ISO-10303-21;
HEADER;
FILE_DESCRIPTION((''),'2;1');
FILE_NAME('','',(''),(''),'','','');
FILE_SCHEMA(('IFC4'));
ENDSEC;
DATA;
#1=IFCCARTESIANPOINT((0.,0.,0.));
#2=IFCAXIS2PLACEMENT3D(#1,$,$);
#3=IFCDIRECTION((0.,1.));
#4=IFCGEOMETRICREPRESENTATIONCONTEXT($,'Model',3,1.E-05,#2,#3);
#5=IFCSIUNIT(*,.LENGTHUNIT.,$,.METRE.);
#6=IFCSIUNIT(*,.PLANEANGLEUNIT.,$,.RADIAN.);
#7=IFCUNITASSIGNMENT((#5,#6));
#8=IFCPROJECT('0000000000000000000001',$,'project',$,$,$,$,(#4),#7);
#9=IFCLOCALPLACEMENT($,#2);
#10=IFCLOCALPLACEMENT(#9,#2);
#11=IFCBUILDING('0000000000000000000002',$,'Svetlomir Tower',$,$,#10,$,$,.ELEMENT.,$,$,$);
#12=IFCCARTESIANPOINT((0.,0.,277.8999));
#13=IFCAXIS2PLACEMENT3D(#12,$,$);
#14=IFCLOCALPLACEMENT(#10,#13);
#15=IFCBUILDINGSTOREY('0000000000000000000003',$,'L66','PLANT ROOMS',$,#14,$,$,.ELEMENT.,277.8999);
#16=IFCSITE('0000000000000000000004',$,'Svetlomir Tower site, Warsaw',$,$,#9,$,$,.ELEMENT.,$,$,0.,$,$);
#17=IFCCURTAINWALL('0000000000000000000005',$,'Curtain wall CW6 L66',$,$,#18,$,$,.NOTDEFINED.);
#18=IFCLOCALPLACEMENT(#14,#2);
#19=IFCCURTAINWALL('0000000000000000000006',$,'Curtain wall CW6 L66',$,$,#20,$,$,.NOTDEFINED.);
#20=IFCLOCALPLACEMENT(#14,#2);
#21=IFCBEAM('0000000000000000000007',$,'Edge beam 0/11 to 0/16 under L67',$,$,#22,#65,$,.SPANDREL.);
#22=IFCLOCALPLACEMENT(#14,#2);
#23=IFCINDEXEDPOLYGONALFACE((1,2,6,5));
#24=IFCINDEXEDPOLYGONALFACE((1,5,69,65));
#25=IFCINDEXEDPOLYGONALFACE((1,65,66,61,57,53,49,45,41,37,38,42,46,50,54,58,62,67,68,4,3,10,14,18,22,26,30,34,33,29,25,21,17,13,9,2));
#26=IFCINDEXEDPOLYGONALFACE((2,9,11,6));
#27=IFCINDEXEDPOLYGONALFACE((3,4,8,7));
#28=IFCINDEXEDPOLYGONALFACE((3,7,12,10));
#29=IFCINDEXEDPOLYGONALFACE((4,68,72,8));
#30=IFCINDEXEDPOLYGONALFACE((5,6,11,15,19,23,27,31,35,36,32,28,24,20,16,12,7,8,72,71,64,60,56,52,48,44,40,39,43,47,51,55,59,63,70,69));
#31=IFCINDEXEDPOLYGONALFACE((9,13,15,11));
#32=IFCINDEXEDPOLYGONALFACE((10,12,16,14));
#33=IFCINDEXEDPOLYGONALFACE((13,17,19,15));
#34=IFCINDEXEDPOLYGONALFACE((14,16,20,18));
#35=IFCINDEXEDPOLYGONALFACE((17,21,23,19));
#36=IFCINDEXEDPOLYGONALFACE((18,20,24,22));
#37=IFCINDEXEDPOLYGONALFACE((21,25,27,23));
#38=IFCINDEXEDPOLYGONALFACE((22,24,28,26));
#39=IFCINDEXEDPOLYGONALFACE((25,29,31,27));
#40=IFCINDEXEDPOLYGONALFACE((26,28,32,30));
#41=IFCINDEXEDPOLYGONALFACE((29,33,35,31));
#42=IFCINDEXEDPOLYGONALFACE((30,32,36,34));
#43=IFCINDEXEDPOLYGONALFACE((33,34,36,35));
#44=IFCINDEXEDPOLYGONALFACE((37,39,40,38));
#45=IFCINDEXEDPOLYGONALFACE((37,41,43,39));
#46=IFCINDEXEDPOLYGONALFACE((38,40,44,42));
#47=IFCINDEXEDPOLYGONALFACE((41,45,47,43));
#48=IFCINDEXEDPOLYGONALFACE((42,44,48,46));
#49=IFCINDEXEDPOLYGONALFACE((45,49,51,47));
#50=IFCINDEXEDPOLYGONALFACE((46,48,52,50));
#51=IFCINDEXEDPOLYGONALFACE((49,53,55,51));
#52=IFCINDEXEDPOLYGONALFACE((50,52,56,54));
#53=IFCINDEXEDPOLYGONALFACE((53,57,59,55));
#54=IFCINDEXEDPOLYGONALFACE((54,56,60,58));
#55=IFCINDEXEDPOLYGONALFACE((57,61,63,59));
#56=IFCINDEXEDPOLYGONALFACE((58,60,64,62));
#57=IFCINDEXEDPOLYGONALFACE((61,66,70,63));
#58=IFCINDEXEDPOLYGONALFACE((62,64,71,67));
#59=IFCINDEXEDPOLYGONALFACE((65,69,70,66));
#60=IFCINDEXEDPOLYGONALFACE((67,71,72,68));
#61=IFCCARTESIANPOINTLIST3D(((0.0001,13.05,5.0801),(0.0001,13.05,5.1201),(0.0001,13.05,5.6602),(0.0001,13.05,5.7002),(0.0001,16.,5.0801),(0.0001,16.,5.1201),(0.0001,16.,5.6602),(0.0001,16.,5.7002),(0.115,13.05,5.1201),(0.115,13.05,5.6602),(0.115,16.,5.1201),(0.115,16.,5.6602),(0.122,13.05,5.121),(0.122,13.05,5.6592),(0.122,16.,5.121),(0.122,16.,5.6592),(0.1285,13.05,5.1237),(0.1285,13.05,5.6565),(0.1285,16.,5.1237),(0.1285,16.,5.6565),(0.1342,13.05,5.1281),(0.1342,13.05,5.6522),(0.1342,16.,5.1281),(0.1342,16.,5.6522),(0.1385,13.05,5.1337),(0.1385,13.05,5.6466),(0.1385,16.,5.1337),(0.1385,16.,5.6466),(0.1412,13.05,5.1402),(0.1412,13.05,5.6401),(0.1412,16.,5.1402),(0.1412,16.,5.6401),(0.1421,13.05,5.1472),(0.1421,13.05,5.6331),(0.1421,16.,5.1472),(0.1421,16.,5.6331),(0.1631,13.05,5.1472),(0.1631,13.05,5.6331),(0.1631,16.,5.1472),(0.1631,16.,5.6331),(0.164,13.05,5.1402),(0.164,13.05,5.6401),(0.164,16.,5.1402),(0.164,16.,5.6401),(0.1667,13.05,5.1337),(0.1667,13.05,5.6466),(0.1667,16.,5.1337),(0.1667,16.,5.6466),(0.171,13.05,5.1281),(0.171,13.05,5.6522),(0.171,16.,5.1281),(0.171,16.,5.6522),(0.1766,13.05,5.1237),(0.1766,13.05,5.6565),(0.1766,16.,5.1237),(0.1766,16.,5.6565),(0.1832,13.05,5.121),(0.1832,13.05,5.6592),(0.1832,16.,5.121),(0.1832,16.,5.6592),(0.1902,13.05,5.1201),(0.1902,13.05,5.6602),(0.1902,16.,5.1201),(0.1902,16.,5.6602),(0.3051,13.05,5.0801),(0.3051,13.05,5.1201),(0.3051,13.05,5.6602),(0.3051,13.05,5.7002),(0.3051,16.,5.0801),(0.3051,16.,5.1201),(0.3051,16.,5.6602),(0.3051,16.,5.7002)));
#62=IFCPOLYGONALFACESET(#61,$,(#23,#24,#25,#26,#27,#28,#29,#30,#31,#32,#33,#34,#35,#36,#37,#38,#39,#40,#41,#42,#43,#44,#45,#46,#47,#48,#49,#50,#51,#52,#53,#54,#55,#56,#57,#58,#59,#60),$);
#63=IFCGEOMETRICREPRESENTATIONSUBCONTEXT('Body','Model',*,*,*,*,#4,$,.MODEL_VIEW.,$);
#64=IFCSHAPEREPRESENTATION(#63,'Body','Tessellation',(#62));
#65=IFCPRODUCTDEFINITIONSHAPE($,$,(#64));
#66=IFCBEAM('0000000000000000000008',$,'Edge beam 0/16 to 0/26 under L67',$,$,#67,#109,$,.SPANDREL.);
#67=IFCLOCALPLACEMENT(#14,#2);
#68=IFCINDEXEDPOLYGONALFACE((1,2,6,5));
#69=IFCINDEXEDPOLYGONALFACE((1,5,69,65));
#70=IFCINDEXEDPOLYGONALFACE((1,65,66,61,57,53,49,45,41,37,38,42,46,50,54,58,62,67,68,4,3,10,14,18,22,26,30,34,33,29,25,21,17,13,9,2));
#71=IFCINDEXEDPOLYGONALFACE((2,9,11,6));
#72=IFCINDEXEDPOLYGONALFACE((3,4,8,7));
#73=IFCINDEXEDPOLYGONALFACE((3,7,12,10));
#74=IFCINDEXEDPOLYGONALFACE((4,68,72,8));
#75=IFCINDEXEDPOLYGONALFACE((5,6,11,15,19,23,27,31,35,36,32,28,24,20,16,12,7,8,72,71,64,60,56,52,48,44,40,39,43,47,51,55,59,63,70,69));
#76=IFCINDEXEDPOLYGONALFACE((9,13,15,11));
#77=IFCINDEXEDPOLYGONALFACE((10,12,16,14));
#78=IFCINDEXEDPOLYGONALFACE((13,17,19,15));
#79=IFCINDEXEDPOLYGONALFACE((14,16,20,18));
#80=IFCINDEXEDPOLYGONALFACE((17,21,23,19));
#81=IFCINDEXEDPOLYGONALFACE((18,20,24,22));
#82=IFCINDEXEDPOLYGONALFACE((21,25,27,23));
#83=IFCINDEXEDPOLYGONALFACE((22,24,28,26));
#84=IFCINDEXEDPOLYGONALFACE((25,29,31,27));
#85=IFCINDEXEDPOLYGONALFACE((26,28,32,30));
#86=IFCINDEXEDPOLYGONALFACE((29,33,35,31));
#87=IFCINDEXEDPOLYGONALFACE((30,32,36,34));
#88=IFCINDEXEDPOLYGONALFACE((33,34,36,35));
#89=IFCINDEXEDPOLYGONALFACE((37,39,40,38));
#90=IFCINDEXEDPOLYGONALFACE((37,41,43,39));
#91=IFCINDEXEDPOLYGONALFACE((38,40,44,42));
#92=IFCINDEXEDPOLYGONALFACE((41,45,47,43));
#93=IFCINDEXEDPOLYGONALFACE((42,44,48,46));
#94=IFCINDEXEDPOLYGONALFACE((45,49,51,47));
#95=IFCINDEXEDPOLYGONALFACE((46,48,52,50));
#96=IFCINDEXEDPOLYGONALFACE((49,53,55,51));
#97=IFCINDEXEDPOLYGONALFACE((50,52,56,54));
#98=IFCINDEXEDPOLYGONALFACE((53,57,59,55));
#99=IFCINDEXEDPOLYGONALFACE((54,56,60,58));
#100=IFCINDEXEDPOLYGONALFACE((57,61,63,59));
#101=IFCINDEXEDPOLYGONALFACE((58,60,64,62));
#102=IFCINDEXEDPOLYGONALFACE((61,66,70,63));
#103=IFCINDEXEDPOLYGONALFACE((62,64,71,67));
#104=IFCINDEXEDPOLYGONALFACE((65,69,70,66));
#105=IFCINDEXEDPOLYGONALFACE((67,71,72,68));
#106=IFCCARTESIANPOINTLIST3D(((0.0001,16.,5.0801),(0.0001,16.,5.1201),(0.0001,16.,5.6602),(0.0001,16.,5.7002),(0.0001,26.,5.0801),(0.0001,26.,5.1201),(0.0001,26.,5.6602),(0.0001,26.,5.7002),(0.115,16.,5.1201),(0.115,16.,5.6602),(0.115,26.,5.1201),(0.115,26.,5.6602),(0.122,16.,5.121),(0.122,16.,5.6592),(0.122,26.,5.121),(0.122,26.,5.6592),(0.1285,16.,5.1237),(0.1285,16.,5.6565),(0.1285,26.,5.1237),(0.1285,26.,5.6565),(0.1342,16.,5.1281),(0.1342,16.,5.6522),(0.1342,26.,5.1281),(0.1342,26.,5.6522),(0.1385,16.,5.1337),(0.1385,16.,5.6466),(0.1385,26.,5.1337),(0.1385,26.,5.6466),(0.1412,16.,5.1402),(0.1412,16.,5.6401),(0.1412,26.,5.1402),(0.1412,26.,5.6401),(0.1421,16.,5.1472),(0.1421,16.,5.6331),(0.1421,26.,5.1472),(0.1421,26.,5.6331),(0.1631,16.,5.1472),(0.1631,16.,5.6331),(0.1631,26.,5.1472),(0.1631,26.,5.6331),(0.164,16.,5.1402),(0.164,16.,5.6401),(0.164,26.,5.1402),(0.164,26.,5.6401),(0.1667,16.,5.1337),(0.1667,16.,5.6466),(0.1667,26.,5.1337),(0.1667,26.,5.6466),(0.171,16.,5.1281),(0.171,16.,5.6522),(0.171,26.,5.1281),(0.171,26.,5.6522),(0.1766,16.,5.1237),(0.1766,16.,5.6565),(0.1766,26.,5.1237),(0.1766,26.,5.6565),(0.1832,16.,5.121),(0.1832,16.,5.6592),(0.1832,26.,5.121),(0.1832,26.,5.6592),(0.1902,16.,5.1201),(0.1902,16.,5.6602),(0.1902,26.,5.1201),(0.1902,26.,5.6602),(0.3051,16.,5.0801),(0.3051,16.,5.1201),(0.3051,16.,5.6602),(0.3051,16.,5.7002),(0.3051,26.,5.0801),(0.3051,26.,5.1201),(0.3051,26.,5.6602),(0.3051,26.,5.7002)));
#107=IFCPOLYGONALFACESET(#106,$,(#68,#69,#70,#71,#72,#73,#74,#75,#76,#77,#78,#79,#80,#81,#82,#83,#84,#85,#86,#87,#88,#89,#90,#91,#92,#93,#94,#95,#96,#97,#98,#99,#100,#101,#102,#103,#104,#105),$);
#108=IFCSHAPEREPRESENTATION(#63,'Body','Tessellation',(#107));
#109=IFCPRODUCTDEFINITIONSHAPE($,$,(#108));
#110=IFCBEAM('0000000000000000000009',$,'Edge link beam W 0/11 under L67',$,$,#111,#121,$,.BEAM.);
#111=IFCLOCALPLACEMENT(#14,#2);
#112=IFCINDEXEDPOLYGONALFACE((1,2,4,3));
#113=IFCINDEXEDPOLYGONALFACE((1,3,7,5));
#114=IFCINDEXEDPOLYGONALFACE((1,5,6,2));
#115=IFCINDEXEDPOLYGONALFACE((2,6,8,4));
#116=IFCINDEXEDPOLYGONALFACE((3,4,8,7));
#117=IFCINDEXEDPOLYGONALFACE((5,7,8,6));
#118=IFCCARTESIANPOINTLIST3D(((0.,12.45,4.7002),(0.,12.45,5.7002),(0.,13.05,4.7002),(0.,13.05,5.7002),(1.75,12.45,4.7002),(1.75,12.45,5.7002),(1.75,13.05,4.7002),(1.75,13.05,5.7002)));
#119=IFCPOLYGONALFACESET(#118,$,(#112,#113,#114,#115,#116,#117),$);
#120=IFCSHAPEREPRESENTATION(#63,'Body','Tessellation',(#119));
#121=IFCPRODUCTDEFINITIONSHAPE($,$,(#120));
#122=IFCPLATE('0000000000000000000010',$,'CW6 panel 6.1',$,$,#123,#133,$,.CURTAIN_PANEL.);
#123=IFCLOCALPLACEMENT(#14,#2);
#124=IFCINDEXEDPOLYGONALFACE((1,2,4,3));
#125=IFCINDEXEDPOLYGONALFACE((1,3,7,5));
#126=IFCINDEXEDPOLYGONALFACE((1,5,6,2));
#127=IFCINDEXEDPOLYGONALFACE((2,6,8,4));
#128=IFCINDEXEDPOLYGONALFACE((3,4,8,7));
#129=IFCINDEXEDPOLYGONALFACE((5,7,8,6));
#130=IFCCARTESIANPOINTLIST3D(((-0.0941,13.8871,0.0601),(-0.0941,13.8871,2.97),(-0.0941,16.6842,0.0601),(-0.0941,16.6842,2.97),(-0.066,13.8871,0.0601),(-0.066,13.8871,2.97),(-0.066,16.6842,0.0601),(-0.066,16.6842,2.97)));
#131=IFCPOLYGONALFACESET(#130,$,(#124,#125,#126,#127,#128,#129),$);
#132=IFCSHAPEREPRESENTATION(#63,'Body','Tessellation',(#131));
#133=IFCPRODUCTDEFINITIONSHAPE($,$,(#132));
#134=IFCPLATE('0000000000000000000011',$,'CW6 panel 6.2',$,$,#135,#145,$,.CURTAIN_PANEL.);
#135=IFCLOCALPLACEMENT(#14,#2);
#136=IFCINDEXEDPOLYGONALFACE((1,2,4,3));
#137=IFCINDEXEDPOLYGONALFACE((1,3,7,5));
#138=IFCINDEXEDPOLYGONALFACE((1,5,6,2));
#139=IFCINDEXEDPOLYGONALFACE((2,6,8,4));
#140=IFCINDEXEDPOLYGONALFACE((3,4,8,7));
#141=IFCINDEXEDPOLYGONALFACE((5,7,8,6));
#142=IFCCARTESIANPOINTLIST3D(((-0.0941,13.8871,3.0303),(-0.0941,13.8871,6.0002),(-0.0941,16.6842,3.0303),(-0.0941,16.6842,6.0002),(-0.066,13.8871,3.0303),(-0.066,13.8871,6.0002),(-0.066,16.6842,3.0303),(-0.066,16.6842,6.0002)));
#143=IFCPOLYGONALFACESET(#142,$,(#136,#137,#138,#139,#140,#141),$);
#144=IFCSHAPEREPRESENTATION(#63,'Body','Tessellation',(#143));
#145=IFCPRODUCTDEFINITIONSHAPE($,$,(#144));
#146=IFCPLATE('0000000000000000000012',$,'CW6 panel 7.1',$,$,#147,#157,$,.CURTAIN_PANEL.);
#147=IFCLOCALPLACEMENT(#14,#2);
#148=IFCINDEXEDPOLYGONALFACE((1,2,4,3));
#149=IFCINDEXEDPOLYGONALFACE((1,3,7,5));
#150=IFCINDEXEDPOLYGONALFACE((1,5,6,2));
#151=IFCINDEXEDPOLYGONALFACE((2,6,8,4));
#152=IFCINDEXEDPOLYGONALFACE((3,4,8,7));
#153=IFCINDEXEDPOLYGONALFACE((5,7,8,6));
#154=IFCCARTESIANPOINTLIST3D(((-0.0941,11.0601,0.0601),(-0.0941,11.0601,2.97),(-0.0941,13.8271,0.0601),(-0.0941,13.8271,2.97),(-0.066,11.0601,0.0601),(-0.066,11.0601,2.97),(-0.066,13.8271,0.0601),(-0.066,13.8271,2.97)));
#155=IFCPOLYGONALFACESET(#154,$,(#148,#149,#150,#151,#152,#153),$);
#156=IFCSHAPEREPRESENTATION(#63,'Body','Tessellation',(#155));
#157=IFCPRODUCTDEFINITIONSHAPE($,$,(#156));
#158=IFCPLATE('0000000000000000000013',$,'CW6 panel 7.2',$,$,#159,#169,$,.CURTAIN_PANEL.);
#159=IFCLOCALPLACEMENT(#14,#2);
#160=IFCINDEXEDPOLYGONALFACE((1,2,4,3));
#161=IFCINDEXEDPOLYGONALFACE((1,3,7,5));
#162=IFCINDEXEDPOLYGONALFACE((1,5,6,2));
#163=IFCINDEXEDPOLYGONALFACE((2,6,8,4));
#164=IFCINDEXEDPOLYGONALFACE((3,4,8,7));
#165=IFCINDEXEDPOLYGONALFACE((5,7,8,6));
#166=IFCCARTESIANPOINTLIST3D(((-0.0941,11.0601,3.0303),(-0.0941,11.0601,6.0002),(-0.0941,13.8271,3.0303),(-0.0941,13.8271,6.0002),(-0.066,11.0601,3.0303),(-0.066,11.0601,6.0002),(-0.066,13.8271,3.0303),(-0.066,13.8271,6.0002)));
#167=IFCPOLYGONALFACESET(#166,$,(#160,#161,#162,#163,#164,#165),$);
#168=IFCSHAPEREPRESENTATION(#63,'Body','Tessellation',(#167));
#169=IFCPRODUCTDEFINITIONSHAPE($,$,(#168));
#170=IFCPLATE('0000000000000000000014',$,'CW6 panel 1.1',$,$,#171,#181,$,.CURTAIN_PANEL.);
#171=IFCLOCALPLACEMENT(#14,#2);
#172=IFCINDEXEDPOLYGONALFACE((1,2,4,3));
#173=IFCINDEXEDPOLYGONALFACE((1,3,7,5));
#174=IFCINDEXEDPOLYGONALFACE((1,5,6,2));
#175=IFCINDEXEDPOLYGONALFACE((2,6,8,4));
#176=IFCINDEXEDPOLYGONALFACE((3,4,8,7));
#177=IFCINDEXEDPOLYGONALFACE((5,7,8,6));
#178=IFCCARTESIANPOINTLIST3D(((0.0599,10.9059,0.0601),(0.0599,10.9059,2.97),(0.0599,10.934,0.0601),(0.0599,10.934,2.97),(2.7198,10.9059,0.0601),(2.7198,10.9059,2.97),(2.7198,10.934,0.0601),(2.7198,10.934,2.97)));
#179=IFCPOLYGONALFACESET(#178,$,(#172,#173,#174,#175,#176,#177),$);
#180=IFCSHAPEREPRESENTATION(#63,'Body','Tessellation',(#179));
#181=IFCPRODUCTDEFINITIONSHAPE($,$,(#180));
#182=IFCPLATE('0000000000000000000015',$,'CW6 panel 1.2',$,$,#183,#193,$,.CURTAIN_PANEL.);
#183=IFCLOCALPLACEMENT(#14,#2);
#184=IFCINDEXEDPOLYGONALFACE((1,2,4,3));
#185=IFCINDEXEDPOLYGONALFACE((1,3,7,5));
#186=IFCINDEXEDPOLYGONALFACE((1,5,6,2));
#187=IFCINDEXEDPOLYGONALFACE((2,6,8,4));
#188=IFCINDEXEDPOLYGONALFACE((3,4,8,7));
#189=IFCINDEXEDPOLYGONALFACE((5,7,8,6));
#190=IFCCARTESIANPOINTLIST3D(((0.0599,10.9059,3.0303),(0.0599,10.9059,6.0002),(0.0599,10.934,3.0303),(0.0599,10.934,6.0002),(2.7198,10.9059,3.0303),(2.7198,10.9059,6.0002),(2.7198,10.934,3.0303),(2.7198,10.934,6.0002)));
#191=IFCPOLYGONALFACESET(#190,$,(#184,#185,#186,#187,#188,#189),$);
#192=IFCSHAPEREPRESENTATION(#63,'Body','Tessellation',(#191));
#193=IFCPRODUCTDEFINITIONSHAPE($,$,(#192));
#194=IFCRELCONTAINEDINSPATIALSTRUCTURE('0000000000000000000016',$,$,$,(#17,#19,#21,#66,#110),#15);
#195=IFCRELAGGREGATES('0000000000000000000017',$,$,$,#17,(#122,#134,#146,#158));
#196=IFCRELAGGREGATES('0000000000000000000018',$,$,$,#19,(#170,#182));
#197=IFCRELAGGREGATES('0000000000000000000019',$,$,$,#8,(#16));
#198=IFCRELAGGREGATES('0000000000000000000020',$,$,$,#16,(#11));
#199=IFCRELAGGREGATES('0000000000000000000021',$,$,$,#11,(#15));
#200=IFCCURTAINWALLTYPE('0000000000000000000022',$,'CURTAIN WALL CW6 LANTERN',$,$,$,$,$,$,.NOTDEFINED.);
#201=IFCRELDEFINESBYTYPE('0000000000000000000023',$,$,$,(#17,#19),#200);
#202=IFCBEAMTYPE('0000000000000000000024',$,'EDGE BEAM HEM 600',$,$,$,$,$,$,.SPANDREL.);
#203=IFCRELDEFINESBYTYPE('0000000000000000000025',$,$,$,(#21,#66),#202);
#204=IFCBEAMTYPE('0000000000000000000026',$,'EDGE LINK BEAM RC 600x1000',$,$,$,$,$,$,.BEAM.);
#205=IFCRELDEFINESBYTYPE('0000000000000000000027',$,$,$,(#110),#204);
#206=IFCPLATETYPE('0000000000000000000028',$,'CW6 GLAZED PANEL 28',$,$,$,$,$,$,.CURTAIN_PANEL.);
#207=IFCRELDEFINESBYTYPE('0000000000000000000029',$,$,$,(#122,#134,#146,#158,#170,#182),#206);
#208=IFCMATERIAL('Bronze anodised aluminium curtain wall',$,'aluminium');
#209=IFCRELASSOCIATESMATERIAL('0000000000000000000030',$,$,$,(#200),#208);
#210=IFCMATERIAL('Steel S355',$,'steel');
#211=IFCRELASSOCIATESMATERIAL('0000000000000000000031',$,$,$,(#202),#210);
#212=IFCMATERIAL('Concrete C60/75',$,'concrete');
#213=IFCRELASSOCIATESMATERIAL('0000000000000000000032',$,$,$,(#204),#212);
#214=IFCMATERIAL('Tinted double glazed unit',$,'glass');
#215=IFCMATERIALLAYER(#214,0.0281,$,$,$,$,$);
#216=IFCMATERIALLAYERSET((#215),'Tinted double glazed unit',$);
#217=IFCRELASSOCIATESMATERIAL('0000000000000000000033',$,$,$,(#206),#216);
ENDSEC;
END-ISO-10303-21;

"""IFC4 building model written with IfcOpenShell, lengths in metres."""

from ifc_helpers import new_model, si_unit, direction, frame, origin, origin_2d, place, context, subcontext, project, spatial, rectangle, i_section, extrude, material, layer, layer_set, material_profile, profile_set, type_object, element, aggregate, save


model = new_model("IFC4")

# Units and contexts
model_context = context("Model", 3, precision=1e-05, world=origin(), true_north=direction((0.0, 1.0)))
body_context = subcontext(model_context, "Body", "Model", "MODEL_VIEW")
ifc_project = project(units=[si_unit("LENGTHUNIT", "METRE"), si_unit("PLANEANGLEUNIT", "RADIAN")], contexts=[model_context])

# Site, building, storey
site_placement = place(None, origin())
site = spatial("IfcSite", under=ifc_project, at=site_placement, Name="Svetlomir Tower site, Warsaw", CompositionType="ELEMENT", RefElevation=0.0)
building_placement = place(site_placement, origin())
building = spatial("IfcBuilding", under=site, at=building_placement, Name="Svetlomir Tower", CompositionType="ELEMENT")
storey_placement = place(building_placement, frame((0.0, 0.0, 277.8999)))
storey = spatial("IfcBuildingStorey", under=building, at=storey_placement, Name="L66", Description="PLANT ROOMS", CompositionType="ELEMENT", Elevation=277.8999)

# Curtain walls
ifc_material_1 = material(Name="Bronze anodised aluminium curtain wall", Category="aluminium")
curtain_wall_type = type_object("IfcCurtainWallType", Name="CURTAIN WALL CW6 LANTERN", PredefinedType="NOTDEFINED", material=ifc_material_1)
curtain_wall_1_placement = place(storey_placement, origin())
curtain_wall_1 = element("IfcCurtainWall", 1, at=curtain_wall_1_placement, inside=storey, type_object=curtain_wall_type, Name="Curtain wall CW6 L66", PredefinedType="NOTDEFINED")
curtain_wall_2_placement = place(storey_placement, origin())
curtain_wall_2 = element("IfcCurtainWall", 2, at=curtain_wall_2_placement, inside=storey, type_object=curtain_wall_type, Name="Curtain wall CW6 L66", PredefinedType="NOTDEFINED")

# Beams
ifc_material_2 = material(Name="Steel S355", Category="steel")
ifc_material_profile_1 = material_profile(ifc_material_2, i_section(OverallWidth=0.3049, OverallDepth=0.6201, WebThickness=0.021, FlangeThickness=0.04, FilletRadius=0.0271, at=origin_2d()), Name="HEM 600")
ifc_profile_set_1 = profile_set([ifc_material_profile_1], Name="Steel S355")
beam_type_1 = type_object("IfcBeamType", Name="EDGE BEAM HEM 600", PredefinedType="SPANDREL", material=ifc_profile_set_1)
beam_1_placement = place(storey_placement, frame((0.1526, 13.05, 5.3901), z_axis=(0.0, 1.0, 0.0), x_axis=(-1.0, 0.0, 0.0)))
element("IfcBeam", 3, at=beam_1_placement, inside=storey, type_object=beam_type_1, Name="Edge beam 0/11 to 0/16 under L67", PredefinedType="SPANDREL", context=body_context, shape_type="SweptSolid", body=[
    extrude(i_section(OverallWidth=0.3049, OverallDepth=0.6201, WebThickness=0.021, FlangeThickness=0.04, FilletRadius=0.0271, at=origin_2d()), origin(), (0.0, 0.0, 1.0), 2.95),
])
beam_2_placement = place(storey_placement, frame((0.1526, 16.0, 5.3901), z_axis=(0.0, 1.0, 0.0), x_axis=(-1.0, 0.0, 0.0)))
element("IfcBeam", 4, at=beam_2_placement, inside=storey, type_object=beam_type_1, Name="Edge beam 0/16 to 0/26 under L67", PredefinedType="SPANDREL", context=body_context, shape_type="SweptSolid", body=[
    extrude(i_section(OverallWidth=0.3049, OverallDepth=0.6201, WebThickness=0.021, FlangeThickness=0.04, FilletRadius=0.0271, at=origin_2d()), origin(), (0.0, 0.0, 1.0), 10.0),
])
ifc_material_3 = material(Name="Concrete C60/75", Category="concrete")
ifc_material_profile_2 = material_profile(ifc_material_3, rectangle(XDim=0.6001, YDim=1.0, at=origin_2d()), Name="RC 600x1000")
ifc_profile_set_2 = profile_set([ifc_material_profile_2], Name="Concrete C60/75")
beam_type_2 = type_object("IfcBeamType", Name="EDGE LINK BEAM RC 600x1000", PredefinedType="BEAM", material=ifc_profile_set_2)
beam_3_placement = place(storey_placement, frame((1.75, 12.75, 5.2002), z_axis=(-1.0, 0.0, 0.0), x_axis=(0.0, -1.0, 0.0)))
element("IfcBeam", 5, at=beam_3_placement, inside=storey, type_object=beam_type_2, Name="Edge link beam W 0/11 under L67", PredefinedType="BEAM", context=body_context, shape_type="SweptSolid", body=[
    extrude(rectangle(XDim=0.6001, YDim=1.0, at=origin_2d()), origin(), (0.0, 0.0, 1.0), 1.75),
])

# Plates
ifc_material_4 = material(Name="Tinted double glazed unit", Category="glass")
ifc_layer = layer(ifc_material_4, 0.0281)
ifc_layer_set = layer_set([ifc_layer], Name="Tinted double glazed unit")
plate_type = type_object("IfcPlateType", Name="CW6 GLAZED PANEL 28", PredefinedType="CURTAIN_PANEL", material=ifc_layer_set)
plate_1_placement = place(storey_placement, frame((-0.0801, 15.2856, 0.0601), z_axis=(0.0, 0.0, 1.0), x_axis=(0.0, -1.0, 0.0)))
plate_1 = element("IfcPlate", 6, at=plate_1_placement, type_object=plate_type, Name="CW6 panel 6.1", PredefinedType="CURTAIN_PANEL", context=body_context, shape_type="SweptSolid", body=[
    extrude(rectangle(XDim=2.7971, YDim=0.0281, at=origin_2d()), origin(), (0.0, 0.0, 1.0), 2.9099),
])
plate_2_placement = place(storey_placement, frame((-0.0801, 15.2856, 3.0303), z_axis=(0.0, 0.0, 1.0), x_axis=(0.0, -1.0, 0.0)))
plate_2 = element("IfcPlate", 7, at=plate_2_placement, type_object=plate_type, Name="CW6 panel 6.2", PredefinedType="CURTAIN_PANEL", context=body_context, shape_type="SweptSolid", body=[
    extrude(rectangle(XDim=2.7971, YDim=0.0281, at=origin_2d()), origin(), (0.0, 0.0, 1.0), 2.97),
])
plate_3_placement = place(storey_placement, frame((-0.0801, 12.4436, 0.0601), z_axis=(0.0, 0.0, 1.0), x_axis=(0.0, -1.0, 0.0)))
plate_3 = element("IfcPlate", 8, at=plate_3_placement, type_object=plate_type, Name="CW6 panel 7.1", PredefinedType="CURTAIN_PANEL", context=body_context, shape_type="SweptSolid", body=[
    extrude(rectangle(XDim=2.7671, YDim=0.0281, at=origin_2d()), origin(), (0.0, 0.0, 1.0), 2.9099),
])
plate_4_placement = place(storey_placement, frame((-0.0801, 12.4436, 3.0303), z_axis=(0.0, 0.0, 1.0), x_axis=(0.0, -1.0, 0.0)))
plate_4 = element("IfcPlate", 9, at=plate_4_placement, type_object=plate_type, Name="CW6 panel 7.2", PredefinedType="CURTAIN_PANEL", context=body_context, shape_type="SweptSolid", body=[
    extrude(rectangle(XDim=2.7671, YDim=0.0281, at=origin_2d()), origin(), (0.0, 0.0, 1.0), 2.97),
])
aggregate(curtain_wall_1, [plate_1, plate_2, plate_3, plate_4])
plate_5_placement = place(storey_placement, frame((1.3899, 10.9199, 0.0601), z_axis=(0.0, 0.0, 1.0), x_axis=(1.0, 0.0, 0.0)))
plate_5 = element("IfcPlate", 10, at=plate_5_placement, type_object=plate_type, Name="CW6 panel 1.1", PredefinedType="CURTAIN_PANEL", context=body_context, shape_type="SweptSolid", body=[
    extrude(rectangle(XDim=2.6599, YDim=0.0281, at=origin_2d()), origin(), (0.0, 0.0, 1.0), 2.9099),
])
plate_6_placement = place(storey_placement, frame((1.3899, 10.9199, 3.0303), z_axis=(0.0, 0.0, 1.0), x_axis=(1.0, 0.0, 0.0)))
plate_6 = element("IfcPlate", 11, at=plate_6_placement, type_object=plate_type, Name="CW6 panel 1.2", PredefinedType="CURTAIN_PANEL", context=body_context, shape_type="SweptSolid", body=[
    extrude(rectangle(XDim=2.6599, YDim=0.0281, at=origin_2d()), origin(), (0.0, 0.0, 1.0), 2.97),
])
aggregate(curtain_wall_2, [plate_5, plate_6])

save(model, "model.ifc")
